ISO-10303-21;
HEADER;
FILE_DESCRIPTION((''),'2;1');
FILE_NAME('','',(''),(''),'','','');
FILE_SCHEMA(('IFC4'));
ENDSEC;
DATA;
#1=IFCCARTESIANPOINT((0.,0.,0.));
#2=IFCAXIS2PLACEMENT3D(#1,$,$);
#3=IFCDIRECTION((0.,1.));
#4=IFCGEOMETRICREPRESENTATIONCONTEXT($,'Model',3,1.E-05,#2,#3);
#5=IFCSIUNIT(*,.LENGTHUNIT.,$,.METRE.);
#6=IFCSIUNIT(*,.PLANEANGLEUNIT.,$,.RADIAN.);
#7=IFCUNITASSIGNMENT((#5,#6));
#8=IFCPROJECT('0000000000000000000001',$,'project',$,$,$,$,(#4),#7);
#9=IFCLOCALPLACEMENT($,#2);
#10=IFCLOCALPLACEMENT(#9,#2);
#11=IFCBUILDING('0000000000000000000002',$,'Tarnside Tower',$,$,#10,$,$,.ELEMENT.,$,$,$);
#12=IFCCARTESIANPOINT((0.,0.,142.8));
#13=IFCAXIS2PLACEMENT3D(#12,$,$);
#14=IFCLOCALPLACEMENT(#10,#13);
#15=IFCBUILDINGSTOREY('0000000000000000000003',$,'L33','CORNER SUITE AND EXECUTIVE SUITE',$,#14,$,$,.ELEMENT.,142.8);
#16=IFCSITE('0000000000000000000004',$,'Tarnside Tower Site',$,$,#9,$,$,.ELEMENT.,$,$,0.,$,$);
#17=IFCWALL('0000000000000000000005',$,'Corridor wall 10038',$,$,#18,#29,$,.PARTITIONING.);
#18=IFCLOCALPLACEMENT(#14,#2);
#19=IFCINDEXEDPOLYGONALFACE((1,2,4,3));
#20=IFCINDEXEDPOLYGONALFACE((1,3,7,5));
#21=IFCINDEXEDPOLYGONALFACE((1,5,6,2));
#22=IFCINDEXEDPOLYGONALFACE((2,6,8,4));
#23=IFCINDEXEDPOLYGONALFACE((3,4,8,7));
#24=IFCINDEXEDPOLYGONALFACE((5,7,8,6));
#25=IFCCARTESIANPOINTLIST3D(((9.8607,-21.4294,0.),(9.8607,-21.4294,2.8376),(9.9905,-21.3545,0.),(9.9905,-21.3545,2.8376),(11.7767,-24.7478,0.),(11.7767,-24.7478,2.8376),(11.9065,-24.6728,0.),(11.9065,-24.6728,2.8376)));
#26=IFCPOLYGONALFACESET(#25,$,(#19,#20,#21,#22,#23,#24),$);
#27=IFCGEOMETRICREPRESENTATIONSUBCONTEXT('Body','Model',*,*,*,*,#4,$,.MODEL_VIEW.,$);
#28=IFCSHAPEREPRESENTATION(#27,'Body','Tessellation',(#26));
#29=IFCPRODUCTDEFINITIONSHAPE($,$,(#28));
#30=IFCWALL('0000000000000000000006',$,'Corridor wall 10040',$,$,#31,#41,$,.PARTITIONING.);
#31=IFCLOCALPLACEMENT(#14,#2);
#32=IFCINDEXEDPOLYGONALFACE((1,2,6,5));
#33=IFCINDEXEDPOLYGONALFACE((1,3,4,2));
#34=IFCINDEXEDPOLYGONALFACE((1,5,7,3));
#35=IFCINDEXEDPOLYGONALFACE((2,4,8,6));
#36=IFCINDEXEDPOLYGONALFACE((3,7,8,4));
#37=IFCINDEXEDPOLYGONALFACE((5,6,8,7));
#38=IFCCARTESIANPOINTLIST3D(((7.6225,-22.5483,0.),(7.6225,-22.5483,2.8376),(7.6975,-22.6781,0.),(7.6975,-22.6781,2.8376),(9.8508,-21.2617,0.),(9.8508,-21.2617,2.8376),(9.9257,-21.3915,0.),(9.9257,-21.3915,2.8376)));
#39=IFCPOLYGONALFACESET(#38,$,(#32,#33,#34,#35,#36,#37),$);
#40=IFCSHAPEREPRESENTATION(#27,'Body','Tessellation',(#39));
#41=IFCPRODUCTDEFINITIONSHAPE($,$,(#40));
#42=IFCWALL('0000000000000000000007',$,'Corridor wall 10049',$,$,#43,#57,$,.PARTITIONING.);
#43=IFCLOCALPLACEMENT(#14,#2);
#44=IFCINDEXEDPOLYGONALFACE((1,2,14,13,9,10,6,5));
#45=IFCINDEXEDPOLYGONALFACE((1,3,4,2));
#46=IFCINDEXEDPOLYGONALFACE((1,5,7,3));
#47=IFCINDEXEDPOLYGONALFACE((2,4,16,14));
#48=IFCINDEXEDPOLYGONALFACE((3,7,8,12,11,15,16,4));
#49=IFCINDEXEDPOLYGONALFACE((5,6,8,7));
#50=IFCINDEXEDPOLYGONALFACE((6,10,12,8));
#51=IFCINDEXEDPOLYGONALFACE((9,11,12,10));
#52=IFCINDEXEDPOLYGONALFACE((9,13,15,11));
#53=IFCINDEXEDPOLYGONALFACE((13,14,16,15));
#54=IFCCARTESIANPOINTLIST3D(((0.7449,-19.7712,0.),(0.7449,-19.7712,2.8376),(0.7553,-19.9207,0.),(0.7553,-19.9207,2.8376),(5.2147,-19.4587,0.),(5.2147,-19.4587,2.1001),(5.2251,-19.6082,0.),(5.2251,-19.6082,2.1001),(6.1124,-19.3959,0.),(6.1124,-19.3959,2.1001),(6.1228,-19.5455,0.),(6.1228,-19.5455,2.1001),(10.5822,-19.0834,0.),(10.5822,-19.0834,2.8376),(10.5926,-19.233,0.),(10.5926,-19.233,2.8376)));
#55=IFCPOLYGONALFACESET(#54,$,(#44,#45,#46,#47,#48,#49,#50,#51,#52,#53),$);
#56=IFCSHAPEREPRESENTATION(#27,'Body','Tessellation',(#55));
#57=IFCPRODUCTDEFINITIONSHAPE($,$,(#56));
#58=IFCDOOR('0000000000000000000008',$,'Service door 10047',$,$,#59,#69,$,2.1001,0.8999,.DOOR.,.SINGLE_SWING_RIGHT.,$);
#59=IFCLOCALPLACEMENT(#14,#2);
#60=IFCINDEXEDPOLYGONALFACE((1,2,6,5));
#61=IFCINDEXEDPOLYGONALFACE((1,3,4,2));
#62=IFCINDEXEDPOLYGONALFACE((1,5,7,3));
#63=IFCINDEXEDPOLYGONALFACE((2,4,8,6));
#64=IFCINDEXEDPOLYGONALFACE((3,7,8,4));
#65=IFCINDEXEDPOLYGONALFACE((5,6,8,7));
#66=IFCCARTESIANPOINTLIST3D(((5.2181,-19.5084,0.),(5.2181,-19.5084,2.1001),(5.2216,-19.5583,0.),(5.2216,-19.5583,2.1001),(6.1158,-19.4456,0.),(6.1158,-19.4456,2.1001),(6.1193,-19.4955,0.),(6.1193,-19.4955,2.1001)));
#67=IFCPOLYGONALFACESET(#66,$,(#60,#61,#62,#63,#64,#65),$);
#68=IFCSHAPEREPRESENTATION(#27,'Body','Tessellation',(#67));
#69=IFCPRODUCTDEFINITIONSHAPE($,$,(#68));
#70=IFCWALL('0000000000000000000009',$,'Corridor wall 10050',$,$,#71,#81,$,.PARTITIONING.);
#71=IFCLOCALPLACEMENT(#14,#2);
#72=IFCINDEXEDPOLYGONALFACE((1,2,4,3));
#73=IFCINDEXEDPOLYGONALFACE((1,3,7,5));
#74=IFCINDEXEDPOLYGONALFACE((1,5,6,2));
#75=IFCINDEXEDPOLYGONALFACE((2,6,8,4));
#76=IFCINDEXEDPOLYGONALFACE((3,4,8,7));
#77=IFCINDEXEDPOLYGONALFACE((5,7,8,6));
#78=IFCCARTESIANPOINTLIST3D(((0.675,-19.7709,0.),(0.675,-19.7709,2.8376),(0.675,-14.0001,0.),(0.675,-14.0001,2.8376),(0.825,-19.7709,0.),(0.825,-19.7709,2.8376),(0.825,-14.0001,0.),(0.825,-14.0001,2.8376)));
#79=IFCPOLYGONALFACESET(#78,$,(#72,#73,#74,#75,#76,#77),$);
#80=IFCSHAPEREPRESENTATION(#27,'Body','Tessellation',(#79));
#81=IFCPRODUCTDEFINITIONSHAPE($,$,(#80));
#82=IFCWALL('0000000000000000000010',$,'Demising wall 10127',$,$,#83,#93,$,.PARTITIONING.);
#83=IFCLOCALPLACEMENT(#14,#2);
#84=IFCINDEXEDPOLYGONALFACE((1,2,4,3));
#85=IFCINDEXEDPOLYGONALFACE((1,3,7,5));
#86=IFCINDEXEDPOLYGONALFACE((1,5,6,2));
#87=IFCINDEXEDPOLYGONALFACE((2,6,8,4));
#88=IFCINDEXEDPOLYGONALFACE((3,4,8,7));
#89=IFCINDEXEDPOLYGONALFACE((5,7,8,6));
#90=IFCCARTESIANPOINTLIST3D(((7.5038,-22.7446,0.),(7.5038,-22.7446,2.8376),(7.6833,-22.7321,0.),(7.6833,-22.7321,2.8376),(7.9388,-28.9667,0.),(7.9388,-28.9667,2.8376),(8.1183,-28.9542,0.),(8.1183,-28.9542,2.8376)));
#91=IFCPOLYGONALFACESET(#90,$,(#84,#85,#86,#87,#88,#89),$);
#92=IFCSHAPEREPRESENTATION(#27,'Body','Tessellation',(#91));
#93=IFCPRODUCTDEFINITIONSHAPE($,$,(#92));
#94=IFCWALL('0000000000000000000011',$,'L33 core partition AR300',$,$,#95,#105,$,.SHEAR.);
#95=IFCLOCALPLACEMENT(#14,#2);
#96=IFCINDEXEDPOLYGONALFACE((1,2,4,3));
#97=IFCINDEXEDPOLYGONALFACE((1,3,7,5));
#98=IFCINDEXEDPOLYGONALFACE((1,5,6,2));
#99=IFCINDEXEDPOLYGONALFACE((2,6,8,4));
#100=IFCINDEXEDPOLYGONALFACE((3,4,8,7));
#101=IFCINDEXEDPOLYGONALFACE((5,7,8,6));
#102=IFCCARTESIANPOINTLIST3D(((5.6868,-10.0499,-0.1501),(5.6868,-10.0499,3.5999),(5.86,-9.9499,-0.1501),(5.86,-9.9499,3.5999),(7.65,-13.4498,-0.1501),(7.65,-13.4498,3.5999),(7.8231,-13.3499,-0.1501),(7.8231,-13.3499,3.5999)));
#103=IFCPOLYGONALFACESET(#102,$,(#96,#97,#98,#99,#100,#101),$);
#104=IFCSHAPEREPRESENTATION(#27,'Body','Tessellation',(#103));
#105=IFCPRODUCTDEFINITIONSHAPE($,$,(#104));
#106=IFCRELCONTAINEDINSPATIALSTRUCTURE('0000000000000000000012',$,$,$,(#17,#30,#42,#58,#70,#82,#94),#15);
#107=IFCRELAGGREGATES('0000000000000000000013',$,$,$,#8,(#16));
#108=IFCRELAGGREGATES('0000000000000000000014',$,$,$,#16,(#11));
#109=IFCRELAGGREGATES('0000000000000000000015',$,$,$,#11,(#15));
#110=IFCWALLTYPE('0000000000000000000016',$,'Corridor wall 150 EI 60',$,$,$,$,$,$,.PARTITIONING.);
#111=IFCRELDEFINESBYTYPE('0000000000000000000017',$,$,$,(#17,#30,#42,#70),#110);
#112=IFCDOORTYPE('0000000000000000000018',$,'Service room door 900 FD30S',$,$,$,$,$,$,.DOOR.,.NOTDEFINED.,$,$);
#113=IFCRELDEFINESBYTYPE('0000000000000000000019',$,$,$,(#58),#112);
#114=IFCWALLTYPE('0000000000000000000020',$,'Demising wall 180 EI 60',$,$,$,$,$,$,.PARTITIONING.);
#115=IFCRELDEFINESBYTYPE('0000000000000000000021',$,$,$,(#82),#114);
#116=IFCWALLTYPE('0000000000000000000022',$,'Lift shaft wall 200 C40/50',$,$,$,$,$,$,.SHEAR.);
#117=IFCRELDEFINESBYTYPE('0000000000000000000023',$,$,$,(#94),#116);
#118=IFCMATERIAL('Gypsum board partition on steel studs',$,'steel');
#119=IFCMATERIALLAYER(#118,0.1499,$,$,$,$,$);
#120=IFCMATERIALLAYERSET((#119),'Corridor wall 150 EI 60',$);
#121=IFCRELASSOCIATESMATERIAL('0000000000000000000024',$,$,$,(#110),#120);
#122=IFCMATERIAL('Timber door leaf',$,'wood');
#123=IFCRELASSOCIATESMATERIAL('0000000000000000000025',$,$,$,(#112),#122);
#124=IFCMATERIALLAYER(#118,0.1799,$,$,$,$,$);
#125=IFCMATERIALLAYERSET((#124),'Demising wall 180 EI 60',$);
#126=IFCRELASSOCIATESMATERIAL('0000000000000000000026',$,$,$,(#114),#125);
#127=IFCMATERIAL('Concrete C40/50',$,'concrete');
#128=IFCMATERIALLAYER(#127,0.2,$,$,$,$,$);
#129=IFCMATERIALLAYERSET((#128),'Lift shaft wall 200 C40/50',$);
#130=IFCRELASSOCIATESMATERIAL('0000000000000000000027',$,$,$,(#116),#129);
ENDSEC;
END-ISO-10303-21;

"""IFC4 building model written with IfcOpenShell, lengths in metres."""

from ifc_helpers import new_model, si_unit, direction, frame, frame_2d, origin, place, context, subcontext, project, spatial, rectangle, extrude, material, layer, layer_set, type_object, element, fill, save


model = new_model("IFC4")

# Units and contexts
model_context = context("Model", 3, precision=1e-05, world=origin(), true_north=direction((0.0, 1.0)))
body_context = subcontext(model_context, "Body", "Model", "MODEL_VIEW")
ifc_project = project(units=[si_unit("LENGTHUNIT", "METRE"), si_unit("PLANEANGLEUNIT", "RADIAN")], contexts=[model_context])

# Site, building, storey
site_placement = place(None, origin())
site = spatial("IfcSite", under=ifc_project, at=site_placement, Name="Tarnside Tower Site", CompositionType="ELEMENT", RefElevation=0.0)
building_placement = place(site_placement, origin())
building = spatial("IfcBuilding", under=site, at=building_placement, Name="Tarnside Tower", CompositionType="ELEMENT")
storey_placement = place(building_placement, frame((0.0, 0.0, 142.8)))
storey = spatial("IfcBuildingStorey", under=building, at=storey_placement, Name="L33", Description="CORNER SUITE AND EXECUTIVE SUITE", CompositionType="ELEMENT", Elevation=142.8)

# Shared definitions
ifc_material_1 = material(Name="Gypsum board partition on steel studs", Category="steel")

# Shared definitions
ifc_material_2 = material(Name="Timber door leaf", Category="wood")

# Walls
ifc_layer_1 = layer(ifc_material_1, 0.1499)
ifc_layer_set_1 = layer_set([ifc_layer_1], Name="Corridor wall 150 EI 60")
wall_type_1 = type_object("IfcWallType", Name="Corridor wall 150 EI 60", PredefinedType="PARTITIONING", material=ifc_layer_set_1)
wall_1_placement = place(storey_placement, frame((9.9255, -21.3918, 0.0), z_axis=(0.0, 0.0, 1.0), x_axis=(0.500031, -0.866007, 0.0)))
element("IfcWall", 1, at=wall_1_placement, inside=storey, type_object=wall_type_1, Name="Corridor wall 10038", PredefinedType="PARTITIONING", context=body_context, shape_type="SweptSolid", body=[
    extrude(rectangle(XDim=3.8318, YDim=0.1499, at=frame_2d((1.916, 0.0))), origin(), (0.0, 0.0, 1.0), 2.8376),
])
wall_2_placement = place(storey_placement, frame((7.6599, -22.6133, 0.0), z_axis=(0.0, 0.0, 1.0), x_axis=(0.866004, 0.500037, 0.0)))
element("IfcWall", 2, at=wall_2_placement, inside=storey, type_object=wall_type_1, Name="Corridor wall 10040", PredefinedType="PARTITIONING", context=body_context, shape_type="SweptSolid", body=[
    extrude(rectangle(XDim=2.573, YDim=0.1499, at=frame_2d((1.2866, 0.0))), origin(), (0.0, 0.0, 1.0), 2.8376),
])

# Wall, opening, door
wall_3_placement = place(storey_placement, frame((10.5874, -19.1582, 0.0), z_axis=(0.0, 0.0, 1.0), x_axis=(-0.997565, -0.069741, 0.0)))
wall_3 = element("IfcWall", 3, at=wall_3_placement, inside=storey, type_object=wall_type_1, Name="Corridor wall 10049", PredefinedType="PARTITIONING", context=body_context, shape_type="SweptSolid", body=[
    extrude(rectangle(XDim=9.8613, YDim=0.1499, at=frame_2d((4.9307, 0.0))), origin(), (0.0, 0.0, 1.0), 2.8376),
])
opening_1_placement = place(wall_3_placement, frame((4.4807, 0.0, 0.0)))
opening_1 = element("IfcOpeningElement", 4, at=opening_1_placement, cuts=wall_3, PredefinedType="OPENING", context=body_context, shape_type="SweptSolid", body=[
    extrude(rectangle(XDim=0.8999, YDim=2.1001, at=frame_2d((0.45, 1.05))), frame((0.0, 0.085, 0.0), z_axis=(0.0, -1.0, 0.0), x_axis=(1.0, 0.0, 0.0)), (0.0, 0.0, 1.0), 0.1699),
])
door_type_1 = type_object("IfcDoorType", Name="Service room door 900 FD30S", OperationType="NOTDEFINED", PredefinedType="DOOR", material=ifc_material_2)
door_1_placement = place(opening_1_placement, origin())
door_1 = element("IfcDoor", 5, at=door_1_placement, inside=storey, type_object=door_type_1, Name="Service door 10047", OperationType="SINGLE_SWING_RIGHT", OverallHeight=2.1001, OverallWidth=0.8999, PredefinedType="DOOR", context=body_context, shape_type="SweptSolid", body=[
    extrude(rectangle(XDim=0.8999, YDim=2.1001, at=frame_2d((0.45, 1.05))), frame((0.0, 0.0249, 0.0), z_axis=(0.0, -1.0, 0.0), x_axis=(1.0, 0.0, 0.0)), (0.0, 0.0, 1.0), 0.05),
])
fill(opening_1, door_1)

# Walls
wall_4_placement = place(storey_placement, frame((0.75, -19.7708, 0.0), z_axis=(0.0, 0.0, 1.0), x_axis=(0.0, 1.0, 0.0)))
element("IfcWall", 6, at=wall_4_placement, inside=storey, type_object=wall_type_1, Name="Corridor wall 10050", PredefinedType="PARTITIONING", context=body_context, shape_type="SweptSolid", body=[
    extrude(rectangle(XDim=5.7708, YDim=0.1499, at=frame_2d((2.8853, 0.0))), origin(), (0.0, 0.0, 1.0), 2.8376),
])
ifc_layer_2 = layer(ifc_material_1, 0.1799)
ifc_layer_set_2 = layer_set([ifc_layer_2], Name="Demising wall 180 EI 60")
wall_type_2 = type_object("IfcWallType", Name="Demising wall 180 EI 60", PredefinedType="PARTITIONING", material=ifc_layer_set_2)
wall_5_placement = place(storey_placement, frame((8.0286, -28.9604, 0.0), z_axis=(0.0, 0.0, 1.0), x_axis=(-0.06975, 0.997564, 0.0)))
element("IfcWall", 7, at=wall_5_placement, inside=storey, type_object=wall_type_2, Name="Demising wall 10127", PredefinedType="PARTITIONING", context=body_context, shape_type="SweptSolid", body=[
    extrude(rectangle(XDim=6.2373, YDim=0.1799, at=frame_2d((3.1187, 0.0))), origin(), (0.0, 0.0, 1.0), 2.8376),
])
ifc_material_3 = material(Name="Concrete C40/50", Category="concrete")
ifc_layer_3 = layer(ifc_material_3, 0.2)
ifc_layer_set_3 = layer_set([ifc_layer_3], Name="Lift shaft wall 200 C40/50")
wall_type_3 = type_object("IfcWallType", Name="Lift shaft wall 200 C40/50", PredefinedType="SHEAR", material=ifc_layer_set_3)
wall_6_placement = place(storey_placement, frame((5.7734, -10.0, -0.1501), z_axis=(0.0, 0.0, 1.0), x_axis=(0.500038, -0.866003, 0.0)))
element("IfcWall", 8, at=wall_6_placement, inside=storey, type_object=wall_type_3, Name="L33 core partition AR300", PredefinedType="SHEAR", context=body_context, shape_type="SweptSolid", body=[
    extrude(rectangle(XDim=3.926, YDim=0.2, at=frame_2d((1.9629, 0.0))), origin(), (0.0, 0.0, 1.0), 3.75),
])

save(model, "model.ifc")
